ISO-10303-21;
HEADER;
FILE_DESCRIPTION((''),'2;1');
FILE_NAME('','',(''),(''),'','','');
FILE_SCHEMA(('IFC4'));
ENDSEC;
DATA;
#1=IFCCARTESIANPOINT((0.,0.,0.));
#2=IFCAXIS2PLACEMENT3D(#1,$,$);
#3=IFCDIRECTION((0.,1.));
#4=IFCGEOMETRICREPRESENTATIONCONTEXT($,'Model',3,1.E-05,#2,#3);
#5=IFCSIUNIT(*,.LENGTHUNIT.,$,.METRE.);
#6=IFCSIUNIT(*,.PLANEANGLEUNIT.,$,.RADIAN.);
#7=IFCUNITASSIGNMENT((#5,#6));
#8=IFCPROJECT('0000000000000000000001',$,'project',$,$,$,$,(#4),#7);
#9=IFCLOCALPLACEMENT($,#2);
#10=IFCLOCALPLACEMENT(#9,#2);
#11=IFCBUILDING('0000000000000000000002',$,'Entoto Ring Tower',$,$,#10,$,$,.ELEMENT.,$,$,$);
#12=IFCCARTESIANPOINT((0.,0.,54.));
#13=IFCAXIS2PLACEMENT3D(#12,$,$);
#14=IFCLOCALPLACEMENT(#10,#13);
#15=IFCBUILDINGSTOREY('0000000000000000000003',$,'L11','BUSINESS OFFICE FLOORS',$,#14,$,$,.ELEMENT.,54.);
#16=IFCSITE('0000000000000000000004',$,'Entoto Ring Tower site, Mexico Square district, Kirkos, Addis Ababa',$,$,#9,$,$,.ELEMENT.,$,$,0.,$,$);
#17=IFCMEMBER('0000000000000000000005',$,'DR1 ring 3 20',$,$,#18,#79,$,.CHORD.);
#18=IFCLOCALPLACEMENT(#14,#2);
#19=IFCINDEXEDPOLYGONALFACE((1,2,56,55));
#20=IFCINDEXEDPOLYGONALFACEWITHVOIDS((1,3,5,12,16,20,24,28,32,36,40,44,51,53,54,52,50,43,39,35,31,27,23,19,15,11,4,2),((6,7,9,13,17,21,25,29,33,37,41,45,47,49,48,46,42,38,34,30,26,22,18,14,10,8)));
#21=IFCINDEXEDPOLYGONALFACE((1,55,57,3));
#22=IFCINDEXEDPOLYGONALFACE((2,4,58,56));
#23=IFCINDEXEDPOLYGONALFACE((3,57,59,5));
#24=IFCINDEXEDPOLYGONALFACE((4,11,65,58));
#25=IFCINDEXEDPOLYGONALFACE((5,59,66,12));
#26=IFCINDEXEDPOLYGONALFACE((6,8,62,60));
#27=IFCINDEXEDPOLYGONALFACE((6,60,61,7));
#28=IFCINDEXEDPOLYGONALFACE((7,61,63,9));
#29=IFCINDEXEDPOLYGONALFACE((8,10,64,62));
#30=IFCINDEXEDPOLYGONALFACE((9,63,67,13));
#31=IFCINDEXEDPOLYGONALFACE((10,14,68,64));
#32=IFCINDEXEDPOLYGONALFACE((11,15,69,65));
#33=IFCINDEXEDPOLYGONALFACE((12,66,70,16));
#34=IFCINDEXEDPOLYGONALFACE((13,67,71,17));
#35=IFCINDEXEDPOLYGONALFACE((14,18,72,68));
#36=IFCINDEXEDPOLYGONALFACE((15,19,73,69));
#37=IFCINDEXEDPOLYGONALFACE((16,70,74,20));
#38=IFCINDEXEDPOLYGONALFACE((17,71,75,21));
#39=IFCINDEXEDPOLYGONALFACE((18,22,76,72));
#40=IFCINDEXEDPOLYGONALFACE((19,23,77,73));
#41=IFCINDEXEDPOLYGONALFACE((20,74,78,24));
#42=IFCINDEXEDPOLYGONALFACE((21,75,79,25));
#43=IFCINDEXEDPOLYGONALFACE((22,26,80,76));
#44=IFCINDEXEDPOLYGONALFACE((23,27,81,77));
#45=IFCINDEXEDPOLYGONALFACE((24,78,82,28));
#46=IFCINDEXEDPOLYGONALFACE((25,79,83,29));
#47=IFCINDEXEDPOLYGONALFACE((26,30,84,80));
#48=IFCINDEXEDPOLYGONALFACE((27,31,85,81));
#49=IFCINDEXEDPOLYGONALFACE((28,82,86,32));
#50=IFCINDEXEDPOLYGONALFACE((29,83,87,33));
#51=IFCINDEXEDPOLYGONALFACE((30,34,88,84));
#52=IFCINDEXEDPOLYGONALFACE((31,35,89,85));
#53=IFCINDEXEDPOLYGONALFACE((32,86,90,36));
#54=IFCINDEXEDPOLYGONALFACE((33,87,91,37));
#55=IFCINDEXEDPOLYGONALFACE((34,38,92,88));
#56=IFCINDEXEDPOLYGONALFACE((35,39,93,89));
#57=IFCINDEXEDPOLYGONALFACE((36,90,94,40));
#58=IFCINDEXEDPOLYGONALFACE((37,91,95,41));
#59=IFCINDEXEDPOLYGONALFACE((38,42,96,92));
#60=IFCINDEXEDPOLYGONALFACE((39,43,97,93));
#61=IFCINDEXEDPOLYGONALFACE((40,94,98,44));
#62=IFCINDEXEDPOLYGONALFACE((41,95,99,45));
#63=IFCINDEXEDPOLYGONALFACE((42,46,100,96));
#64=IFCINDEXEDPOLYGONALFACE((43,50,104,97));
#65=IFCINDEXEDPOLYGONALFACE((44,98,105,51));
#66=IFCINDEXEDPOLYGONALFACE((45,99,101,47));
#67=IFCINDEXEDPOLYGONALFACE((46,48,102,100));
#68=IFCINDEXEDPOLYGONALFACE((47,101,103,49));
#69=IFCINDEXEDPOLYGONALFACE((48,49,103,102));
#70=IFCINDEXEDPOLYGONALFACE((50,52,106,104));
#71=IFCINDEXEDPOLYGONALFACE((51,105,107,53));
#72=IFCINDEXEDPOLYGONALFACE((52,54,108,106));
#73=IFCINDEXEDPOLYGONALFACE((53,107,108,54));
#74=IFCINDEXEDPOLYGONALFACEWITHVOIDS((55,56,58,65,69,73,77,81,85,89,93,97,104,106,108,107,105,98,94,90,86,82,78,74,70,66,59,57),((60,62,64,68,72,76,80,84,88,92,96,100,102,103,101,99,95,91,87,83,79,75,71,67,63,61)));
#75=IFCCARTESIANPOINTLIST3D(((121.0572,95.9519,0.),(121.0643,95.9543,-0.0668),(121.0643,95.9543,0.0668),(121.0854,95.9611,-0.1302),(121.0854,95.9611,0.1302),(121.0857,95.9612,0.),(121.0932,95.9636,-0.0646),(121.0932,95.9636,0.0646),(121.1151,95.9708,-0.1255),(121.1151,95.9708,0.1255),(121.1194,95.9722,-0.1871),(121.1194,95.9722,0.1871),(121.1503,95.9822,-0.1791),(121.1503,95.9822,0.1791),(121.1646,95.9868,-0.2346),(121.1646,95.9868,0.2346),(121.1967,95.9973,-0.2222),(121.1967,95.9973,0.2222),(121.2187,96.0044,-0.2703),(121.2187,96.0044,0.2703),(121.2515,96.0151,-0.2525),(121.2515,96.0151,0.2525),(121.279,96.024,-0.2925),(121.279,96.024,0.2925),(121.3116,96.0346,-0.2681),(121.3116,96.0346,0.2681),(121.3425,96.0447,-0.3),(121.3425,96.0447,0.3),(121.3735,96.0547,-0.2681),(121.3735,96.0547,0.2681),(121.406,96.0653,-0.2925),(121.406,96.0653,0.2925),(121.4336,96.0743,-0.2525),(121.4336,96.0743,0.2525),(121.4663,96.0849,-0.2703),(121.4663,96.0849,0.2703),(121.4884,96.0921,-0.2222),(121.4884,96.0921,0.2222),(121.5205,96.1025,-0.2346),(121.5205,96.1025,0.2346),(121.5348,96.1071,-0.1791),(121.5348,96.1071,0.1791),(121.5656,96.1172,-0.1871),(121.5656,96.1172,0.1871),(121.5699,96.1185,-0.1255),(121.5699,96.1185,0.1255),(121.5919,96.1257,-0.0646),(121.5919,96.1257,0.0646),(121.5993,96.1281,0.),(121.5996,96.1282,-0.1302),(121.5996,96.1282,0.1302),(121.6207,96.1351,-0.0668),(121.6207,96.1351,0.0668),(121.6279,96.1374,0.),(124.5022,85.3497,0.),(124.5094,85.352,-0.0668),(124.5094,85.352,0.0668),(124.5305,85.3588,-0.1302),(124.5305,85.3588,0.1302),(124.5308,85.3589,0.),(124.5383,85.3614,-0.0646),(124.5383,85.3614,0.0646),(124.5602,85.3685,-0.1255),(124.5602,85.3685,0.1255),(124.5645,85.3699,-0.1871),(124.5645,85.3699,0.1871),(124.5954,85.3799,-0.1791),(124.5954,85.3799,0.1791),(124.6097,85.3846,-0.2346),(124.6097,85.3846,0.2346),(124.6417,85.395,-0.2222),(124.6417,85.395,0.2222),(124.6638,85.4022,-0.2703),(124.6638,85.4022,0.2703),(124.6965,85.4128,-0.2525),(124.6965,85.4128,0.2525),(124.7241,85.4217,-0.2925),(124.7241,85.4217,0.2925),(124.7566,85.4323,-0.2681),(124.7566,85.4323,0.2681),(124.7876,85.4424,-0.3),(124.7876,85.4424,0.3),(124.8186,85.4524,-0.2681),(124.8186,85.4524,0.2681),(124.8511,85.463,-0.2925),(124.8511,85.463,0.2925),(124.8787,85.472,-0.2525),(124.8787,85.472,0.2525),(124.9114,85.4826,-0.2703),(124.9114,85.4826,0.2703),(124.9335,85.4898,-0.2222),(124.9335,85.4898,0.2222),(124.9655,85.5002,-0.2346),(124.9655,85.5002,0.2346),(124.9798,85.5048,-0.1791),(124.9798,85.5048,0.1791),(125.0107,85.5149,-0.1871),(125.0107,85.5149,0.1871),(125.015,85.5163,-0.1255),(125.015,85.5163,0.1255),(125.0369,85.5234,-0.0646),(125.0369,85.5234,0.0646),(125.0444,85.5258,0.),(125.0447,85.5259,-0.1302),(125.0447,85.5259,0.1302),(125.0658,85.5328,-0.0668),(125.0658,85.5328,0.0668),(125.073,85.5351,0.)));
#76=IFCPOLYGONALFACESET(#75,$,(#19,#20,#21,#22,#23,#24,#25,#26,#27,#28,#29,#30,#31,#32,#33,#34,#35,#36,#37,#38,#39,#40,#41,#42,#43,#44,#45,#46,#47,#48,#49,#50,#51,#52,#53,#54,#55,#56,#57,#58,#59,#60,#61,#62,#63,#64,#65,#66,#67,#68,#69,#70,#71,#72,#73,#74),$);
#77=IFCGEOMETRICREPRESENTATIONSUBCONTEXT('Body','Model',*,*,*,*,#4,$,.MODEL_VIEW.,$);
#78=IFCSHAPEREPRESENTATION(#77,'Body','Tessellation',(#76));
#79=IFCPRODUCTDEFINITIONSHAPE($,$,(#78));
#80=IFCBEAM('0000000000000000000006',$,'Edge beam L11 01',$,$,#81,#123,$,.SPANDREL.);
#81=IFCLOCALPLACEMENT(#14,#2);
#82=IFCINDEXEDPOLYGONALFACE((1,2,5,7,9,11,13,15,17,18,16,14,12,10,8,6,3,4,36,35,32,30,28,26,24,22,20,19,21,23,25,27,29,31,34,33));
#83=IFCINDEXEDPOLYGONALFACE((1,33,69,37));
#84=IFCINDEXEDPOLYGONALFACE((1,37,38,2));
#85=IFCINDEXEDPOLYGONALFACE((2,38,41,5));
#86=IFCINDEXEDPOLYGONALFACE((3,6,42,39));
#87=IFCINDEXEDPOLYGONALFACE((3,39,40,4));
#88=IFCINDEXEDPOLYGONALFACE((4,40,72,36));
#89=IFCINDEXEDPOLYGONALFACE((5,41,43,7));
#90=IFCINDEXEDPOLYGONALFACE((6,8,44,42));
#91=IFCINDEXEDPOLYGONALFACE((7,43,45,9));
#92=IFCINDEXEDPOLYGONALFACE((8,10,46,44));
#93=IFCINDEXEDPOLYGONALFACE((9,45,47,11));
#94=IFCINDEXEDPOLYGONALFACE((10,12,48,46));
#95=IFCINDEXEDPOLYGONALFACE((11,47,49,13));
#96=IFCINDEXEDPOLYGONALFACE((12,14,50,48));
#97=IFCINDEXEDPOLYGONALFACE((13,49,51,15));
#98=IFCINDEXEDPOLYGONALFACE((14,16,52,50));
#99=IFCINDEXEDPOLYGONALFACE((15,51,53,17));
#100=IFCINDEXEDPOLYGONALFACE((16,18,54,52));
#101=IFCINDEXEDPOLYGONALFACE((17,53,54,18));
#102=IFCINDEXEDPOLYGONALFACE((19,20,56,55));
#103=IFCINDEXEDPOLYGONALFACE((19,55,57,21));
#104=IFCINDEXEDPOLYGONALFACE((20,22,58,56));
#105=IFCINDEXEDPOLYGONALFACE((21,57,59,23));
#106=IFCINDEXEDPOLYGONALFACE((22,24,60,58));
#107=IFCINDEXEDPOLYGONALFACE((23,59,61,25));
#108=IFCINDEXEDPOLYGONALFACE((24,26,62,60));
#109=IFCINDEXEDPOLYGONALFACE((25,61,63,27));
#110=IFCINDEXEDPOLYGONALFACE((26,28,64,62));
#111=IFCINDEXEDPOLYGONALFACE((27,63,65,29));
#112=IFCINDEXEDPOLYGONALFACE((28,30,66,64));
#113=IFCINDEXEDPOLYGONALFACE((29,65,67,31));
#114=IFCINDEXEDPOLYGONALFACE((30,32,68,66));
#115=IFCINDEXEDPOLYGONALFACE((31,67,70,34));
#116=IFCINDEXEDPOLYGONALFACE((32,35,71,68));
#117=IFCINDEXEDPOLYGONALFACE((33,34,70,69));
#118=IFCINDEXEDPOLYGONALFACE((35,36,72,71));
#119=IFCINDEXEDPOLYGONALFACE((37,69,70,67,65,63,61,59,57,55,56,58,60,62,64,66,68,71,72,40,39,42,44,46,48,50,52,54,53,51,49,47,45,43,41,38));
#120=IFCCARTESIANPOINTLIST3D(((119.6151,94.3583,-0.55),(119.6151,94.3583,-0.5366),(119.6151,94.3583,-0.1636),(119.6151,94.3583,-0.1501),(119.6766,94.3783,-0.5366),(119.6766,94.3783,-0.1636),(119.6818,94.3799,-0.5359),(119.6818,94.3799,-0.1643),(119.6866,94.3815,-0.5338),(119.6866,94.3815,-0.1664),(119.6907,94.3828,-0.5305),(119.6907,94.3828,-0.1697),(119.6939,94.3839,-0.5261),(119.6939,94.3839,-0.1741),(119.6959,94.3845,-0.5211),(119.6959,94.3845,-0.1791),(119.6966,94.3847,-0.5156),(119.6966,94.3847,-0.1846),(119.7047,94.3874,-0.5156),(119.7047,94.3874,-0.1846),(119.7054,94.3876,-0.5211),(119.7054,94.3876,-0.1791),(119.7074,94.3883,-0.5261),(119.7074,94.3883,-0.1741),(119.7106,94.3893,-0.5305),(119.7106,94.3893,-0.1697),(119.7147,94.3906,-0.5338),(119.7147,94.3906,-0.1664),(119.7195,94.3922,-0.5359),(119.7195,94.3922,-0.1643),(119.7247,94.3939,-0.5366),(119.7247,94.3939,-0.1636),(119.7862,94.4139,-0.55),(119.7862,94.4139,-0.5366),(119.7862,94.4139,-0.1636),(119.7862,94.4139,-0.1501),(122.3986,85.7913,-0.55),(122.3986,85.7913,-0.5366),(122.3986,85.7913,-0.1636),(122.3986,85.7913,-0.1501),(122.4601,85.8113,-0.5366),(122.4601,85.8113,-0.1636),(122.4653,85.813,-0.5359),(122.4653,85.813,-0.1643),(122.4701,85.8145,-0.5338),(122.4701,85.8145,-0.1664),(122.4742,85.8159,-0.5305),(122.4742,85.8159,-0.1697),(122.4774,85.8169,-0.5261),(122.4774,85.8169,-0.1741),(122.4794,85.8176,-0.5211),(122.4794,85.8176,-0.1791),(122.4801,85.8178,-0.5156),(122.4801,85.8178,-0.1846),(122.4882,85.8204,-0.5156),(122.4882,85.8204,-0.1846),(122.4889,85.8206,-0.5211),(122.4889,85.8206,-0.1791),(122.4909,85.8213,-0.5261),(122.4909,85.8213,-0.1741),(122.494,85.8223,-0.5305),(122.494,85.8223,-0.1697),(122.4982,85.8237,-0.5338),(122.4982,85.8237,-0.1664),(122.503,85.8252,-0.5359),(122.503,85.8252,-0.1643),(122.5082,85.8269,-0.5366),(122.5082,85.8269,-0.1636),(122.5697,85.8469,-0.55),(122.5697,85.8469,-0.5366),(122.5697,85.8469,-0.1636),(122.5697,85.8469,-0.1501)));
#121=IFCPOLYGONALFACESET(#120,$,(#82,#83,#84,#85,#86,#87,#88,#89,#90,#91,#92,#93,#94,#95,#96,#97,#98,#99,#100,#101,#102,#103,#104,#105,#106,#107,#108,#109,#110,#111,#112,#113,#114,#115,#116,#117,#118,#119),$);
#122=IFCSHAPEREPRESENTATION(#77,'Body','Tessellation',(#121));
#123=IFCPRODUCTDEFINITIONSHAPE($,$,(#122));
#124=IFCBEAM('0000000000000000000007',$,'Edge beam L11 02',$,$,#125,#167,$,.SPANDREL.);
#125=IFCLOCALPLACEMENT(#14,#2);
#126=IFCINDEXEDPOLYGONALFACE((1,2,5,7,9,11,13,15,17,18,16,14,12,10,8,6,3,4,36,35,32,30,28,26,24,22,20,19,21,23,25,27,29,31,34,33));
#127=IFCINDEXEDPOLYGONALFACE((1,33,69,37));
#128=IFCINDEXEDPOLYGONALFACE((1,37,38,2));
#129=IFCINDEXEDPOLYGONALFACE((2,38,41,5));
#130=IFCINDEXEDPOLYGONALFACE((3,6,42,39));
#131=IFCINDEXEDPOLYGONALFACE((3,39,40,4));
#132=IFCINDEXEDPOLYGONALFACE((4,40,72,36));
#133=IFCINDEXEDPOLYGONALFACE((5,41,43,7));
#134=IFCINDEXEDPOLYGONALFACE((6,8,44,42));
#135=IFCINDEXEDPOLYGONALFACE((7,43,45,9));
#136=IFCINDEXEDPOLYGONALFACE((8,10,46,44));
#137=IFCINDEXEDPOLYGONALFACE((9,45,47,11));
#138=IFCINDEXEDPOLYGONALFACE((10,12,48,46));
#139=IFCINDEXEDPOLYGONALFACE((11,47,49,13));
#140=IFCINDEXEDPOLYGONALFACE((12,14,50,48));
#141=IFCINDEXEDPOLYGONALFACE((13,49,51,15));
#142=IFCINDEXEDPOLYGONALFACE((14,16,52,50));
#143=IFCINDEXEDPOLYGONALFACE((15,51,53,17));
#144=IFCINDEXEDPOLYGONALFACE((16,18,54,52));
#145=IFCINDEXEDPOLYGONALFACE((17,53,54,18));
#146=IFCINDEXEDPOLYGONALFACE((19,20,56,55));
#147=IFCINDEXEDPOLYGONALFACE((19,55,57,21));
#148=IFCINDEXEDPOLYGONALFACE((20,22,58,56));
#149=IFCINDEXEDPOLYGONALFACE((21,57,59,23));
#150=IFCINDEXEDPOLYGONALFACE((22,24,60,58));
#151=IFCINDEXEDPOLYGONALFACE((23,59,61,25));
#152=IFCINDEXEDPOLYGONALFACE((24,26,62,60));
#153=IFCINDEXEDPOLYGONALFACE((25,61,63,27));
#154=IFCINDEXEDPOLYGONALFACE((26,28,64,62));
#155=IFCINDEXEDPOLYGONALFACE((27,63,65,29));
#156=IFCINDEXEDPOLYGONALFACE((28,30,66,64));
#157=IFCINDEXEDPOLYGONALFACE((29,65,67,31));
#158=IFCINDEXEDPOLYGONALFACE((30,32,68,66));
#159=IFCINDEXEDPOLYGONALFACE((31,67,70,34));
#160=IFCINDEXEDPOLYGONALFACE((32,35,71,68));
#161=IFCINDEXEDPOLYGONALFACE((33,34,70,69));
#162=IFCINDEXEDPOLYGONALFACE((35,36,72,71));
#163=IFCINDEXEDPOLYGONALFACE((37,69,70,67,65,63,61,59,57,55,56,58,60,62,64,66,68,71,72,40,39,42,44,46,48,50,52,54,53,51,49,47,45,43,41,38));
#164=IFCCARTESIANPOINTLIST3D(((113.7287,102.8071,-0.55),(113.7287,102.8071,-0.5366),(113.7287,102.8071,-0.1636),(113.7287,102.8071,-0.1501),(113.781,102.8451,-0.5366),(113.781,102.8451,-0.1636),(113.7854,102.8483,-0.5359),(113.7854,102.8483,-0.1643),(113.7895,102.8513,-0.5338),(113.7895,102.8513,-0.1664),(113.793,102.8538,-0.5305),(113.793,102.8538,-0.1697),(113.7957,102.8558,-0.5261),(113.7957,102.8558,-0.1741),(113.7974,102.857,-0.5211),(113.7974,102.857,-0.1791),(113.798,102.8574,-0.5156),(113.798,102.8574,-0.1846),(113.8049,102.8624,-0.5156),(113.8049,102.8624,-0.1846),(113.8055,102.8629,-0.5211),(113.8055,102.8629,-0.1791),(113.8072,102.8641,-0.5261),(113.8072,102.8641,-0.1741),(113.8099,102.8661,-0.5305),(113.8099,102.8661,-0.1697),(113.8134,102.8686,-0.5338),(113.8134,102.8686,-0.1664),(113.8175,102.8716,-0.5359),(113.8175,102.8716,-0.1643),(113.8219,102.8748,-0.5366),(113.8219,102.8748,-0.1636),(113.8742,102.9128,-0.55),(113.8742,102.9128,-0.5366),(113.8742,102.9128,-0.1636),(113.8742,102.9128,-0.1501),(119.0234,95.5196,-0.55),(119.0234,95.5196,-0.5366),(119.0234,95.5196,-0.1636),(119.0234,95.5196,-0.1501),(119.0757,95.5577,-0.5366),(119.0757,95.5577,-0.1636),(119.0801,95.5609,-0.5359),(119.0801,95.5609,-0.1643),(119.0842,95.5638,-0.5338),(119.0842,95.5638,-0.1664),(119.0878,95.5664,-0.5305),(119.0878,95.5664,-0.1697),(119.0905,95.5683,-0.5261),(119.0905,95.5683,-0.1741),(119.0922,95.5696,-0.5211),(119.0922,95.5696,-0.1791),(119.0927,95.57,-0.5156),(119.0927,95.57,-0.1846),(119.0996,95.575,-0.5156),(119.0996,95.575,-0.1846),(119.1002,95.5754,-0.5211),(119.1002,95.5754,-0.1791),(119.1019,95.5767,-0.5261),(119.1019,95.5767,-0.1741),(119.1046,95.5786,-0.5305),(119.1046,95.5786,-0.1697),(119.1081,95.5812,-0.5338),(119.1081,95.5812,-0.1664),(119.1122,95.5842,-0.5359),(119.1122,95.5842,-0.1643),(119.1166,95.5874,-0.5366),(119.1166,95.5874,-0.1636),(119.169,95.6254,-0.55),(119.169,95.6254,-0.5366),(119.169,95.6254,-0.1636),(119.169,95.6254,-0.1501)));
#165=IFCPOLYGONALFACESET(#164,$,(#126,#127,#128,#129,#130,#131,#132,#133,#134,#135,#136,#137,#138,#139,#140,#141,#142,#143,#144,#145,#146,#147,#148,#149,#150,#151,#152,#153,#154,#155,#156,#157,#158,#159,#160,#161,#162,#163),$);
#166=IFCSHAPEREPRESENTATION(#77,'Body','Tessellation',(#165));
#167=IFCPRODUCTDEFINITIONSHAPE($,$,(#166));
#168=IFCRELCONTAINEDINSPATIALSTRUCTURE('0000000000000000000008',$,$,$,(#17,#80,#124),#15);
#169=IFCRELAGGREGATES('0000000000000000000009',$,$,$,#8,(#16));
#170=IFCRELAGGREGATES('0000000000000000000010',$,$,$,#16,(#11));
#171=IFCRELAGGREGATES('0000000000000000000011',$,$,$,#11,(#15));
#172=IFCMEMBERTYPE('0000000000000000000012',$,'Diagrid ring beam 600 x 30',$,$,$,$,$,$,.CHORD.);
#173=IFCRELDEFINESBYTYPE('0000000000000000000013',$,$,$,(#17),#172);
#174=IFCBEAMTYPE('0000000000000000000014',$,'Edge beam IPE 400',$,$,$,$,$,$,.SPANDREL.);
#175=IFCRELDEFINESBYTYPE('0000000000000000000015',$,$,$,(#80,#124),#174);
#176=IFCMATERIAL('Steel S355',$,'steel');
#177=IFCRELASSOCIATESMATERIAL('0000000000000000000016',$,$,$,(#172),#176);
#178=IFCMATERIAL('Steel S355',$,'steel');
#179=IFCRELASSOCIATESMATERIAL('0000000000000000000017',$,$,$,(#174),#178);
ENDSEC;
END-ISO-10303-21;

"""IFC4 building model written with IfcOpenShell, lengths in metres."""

from ifc_helpers import new_model, si_unit, direction, frame, origin, origin_2d, place, context, subcontext, project, spatial, circle, hollow_circle, i_section, extrude, material, material_profile, profile_set, type_object, element, save


model = new_model("IFC4")

# Units and contexts
model_context = context("Model", 3, precision=1e-05, world=origin(), true_north=direction((0.0, 1.0)))
body_context = subcontext(model_context, "Body", "Model", "MODEL_VIEW")
ifc_project = project(units=[si_unit("LENGTHUNIT", "METRE"), si_unit("PLANEANGLEUNIT", "RADIAN")], contexts=[model_context])

# Site, building, storey
site_placement = place(None, origin())
site = spatial("IfcSite", under=ifc_project, at=site_placement, Name="Entoto Ring Tower site, Mexico Square district, Kirkos, Addis Ababa", CompositionType="ELEMENT", RefElevation=0.0)
building_placement = place(site_placement, origin())
building = spatial("IfcBuilding", under=site, at=building_placement, Name="Entoto Ring Tower", CompositionType="ELEMENT")
storey_placement = place(building_placement, frame((0.0, 0.0, 54.0)))
storey = spatial("IfcBuildingStorey", under=building, at=storey_placement, Name="L11", Description="BUSINESS OFFICE FLOORS", CompositionType="ELEMENT", Elevation=54.0)

# Member
ifc_material_1 = material(Name="Steel S355", Category="steel")
ifc_material_profile_1 = material_profile(ifc_material_1, hollow_circle(Radius=0.3, WallThickness=0.03, at=origin_2d()), Name="CHS 600 x 30")
ifc_material_2 = material(Name="Concrete C60/75", Category="concrete")
ifc_material_profile_2 = material_profile(ifc_material_2, circle(Radius=0.27, at=origin_2d()), Name="Concrete C60/75 infill")
ifc_profile_set_1 = profile_set([ifc_material_profile_1, ifc_material_profile_2], Name="Steel S355")
member_type_1 = type_object("IfcMemberType", Name="Diagrid ring beam 600 x 30", PredefinedType="CHORD", material=ifc_profile_set_1)
for number, where, z_axis, x_axis, name in (
    (1, (124.7876, 85.4424, 0.0), (-0.309031, 0.951052, 0.0), (-0.951052, -0.309031, 0.0), "DR1 ring 3 20"),
):
    element("IfcMember", number, at=place(storey_placement, frame(where, z_axis=z_axis, x_axis=x_axis)), inside=storey, type_object=member_type_1, Name=name, PredefinedType="CHORD", context=body_context, shape_type="SweptSolid", body=[
        extrude(hollow_circle(Radius=0.3, WallThickness=0.03, at=origin_2d()), origin(), (0.0, 0.0, 1.0), 11.1479),
    ])

# Beams
ifc_material_3 = material(Name="Steel S355", Category="steel")
ifc_material_profile_3 = material_profile(ifc_material_3, i_section(OverallWidth=0.1799, OverallDepth=0.3999, WebThickness=0.0085, FlangeThickness=0.0134, FilletRadius=0.021, at=origin_2d()), Name="IPE 400")
ifc_profile_set_2 = profile_set([ifc_material_profile_3], Name="Steel S355")
beam_type_1 = type_object("IfcBeamType", Name="Edge beam IPE 400", PredefinedType="SPANDREL", material=ifc_profile_set_2)
for number, where, z_axis, x_axis, name in (
    (2, (122.4841, 85.8191, -0.3501), (-0.309006, 0.95106, 0.0), (-0.95106, -0.309006, 0.0), "Edge beam L11 01"),
    (3, (119.0962, 95.5725, -0.3501), (-0.587793, 0.809011, 0.0), (-0.809011, -0.587793, 0.0), "Edge beam L11 02"),
):
    element("IfcBeam", number, at=place(storey_placement, frame(where, z_axis=z_axis, x_axis=x_axis)), inside=storey, type_object=beam_type_1, Name=name, PredefinedType="SPANDREL", context=body_context, shape_type="SweptSolid", body=[
        extrude(i_section(OverallWidth=0.1799, OverallDepth=0.3999, WebThickness=0.0085, FlangeThickness=0.0134, FilletRadius=0.021, at=origin_2d()), origin(), (0.0, 0.0, 1.0), 9.0078),
    ])

save(model, "model.ifc")
